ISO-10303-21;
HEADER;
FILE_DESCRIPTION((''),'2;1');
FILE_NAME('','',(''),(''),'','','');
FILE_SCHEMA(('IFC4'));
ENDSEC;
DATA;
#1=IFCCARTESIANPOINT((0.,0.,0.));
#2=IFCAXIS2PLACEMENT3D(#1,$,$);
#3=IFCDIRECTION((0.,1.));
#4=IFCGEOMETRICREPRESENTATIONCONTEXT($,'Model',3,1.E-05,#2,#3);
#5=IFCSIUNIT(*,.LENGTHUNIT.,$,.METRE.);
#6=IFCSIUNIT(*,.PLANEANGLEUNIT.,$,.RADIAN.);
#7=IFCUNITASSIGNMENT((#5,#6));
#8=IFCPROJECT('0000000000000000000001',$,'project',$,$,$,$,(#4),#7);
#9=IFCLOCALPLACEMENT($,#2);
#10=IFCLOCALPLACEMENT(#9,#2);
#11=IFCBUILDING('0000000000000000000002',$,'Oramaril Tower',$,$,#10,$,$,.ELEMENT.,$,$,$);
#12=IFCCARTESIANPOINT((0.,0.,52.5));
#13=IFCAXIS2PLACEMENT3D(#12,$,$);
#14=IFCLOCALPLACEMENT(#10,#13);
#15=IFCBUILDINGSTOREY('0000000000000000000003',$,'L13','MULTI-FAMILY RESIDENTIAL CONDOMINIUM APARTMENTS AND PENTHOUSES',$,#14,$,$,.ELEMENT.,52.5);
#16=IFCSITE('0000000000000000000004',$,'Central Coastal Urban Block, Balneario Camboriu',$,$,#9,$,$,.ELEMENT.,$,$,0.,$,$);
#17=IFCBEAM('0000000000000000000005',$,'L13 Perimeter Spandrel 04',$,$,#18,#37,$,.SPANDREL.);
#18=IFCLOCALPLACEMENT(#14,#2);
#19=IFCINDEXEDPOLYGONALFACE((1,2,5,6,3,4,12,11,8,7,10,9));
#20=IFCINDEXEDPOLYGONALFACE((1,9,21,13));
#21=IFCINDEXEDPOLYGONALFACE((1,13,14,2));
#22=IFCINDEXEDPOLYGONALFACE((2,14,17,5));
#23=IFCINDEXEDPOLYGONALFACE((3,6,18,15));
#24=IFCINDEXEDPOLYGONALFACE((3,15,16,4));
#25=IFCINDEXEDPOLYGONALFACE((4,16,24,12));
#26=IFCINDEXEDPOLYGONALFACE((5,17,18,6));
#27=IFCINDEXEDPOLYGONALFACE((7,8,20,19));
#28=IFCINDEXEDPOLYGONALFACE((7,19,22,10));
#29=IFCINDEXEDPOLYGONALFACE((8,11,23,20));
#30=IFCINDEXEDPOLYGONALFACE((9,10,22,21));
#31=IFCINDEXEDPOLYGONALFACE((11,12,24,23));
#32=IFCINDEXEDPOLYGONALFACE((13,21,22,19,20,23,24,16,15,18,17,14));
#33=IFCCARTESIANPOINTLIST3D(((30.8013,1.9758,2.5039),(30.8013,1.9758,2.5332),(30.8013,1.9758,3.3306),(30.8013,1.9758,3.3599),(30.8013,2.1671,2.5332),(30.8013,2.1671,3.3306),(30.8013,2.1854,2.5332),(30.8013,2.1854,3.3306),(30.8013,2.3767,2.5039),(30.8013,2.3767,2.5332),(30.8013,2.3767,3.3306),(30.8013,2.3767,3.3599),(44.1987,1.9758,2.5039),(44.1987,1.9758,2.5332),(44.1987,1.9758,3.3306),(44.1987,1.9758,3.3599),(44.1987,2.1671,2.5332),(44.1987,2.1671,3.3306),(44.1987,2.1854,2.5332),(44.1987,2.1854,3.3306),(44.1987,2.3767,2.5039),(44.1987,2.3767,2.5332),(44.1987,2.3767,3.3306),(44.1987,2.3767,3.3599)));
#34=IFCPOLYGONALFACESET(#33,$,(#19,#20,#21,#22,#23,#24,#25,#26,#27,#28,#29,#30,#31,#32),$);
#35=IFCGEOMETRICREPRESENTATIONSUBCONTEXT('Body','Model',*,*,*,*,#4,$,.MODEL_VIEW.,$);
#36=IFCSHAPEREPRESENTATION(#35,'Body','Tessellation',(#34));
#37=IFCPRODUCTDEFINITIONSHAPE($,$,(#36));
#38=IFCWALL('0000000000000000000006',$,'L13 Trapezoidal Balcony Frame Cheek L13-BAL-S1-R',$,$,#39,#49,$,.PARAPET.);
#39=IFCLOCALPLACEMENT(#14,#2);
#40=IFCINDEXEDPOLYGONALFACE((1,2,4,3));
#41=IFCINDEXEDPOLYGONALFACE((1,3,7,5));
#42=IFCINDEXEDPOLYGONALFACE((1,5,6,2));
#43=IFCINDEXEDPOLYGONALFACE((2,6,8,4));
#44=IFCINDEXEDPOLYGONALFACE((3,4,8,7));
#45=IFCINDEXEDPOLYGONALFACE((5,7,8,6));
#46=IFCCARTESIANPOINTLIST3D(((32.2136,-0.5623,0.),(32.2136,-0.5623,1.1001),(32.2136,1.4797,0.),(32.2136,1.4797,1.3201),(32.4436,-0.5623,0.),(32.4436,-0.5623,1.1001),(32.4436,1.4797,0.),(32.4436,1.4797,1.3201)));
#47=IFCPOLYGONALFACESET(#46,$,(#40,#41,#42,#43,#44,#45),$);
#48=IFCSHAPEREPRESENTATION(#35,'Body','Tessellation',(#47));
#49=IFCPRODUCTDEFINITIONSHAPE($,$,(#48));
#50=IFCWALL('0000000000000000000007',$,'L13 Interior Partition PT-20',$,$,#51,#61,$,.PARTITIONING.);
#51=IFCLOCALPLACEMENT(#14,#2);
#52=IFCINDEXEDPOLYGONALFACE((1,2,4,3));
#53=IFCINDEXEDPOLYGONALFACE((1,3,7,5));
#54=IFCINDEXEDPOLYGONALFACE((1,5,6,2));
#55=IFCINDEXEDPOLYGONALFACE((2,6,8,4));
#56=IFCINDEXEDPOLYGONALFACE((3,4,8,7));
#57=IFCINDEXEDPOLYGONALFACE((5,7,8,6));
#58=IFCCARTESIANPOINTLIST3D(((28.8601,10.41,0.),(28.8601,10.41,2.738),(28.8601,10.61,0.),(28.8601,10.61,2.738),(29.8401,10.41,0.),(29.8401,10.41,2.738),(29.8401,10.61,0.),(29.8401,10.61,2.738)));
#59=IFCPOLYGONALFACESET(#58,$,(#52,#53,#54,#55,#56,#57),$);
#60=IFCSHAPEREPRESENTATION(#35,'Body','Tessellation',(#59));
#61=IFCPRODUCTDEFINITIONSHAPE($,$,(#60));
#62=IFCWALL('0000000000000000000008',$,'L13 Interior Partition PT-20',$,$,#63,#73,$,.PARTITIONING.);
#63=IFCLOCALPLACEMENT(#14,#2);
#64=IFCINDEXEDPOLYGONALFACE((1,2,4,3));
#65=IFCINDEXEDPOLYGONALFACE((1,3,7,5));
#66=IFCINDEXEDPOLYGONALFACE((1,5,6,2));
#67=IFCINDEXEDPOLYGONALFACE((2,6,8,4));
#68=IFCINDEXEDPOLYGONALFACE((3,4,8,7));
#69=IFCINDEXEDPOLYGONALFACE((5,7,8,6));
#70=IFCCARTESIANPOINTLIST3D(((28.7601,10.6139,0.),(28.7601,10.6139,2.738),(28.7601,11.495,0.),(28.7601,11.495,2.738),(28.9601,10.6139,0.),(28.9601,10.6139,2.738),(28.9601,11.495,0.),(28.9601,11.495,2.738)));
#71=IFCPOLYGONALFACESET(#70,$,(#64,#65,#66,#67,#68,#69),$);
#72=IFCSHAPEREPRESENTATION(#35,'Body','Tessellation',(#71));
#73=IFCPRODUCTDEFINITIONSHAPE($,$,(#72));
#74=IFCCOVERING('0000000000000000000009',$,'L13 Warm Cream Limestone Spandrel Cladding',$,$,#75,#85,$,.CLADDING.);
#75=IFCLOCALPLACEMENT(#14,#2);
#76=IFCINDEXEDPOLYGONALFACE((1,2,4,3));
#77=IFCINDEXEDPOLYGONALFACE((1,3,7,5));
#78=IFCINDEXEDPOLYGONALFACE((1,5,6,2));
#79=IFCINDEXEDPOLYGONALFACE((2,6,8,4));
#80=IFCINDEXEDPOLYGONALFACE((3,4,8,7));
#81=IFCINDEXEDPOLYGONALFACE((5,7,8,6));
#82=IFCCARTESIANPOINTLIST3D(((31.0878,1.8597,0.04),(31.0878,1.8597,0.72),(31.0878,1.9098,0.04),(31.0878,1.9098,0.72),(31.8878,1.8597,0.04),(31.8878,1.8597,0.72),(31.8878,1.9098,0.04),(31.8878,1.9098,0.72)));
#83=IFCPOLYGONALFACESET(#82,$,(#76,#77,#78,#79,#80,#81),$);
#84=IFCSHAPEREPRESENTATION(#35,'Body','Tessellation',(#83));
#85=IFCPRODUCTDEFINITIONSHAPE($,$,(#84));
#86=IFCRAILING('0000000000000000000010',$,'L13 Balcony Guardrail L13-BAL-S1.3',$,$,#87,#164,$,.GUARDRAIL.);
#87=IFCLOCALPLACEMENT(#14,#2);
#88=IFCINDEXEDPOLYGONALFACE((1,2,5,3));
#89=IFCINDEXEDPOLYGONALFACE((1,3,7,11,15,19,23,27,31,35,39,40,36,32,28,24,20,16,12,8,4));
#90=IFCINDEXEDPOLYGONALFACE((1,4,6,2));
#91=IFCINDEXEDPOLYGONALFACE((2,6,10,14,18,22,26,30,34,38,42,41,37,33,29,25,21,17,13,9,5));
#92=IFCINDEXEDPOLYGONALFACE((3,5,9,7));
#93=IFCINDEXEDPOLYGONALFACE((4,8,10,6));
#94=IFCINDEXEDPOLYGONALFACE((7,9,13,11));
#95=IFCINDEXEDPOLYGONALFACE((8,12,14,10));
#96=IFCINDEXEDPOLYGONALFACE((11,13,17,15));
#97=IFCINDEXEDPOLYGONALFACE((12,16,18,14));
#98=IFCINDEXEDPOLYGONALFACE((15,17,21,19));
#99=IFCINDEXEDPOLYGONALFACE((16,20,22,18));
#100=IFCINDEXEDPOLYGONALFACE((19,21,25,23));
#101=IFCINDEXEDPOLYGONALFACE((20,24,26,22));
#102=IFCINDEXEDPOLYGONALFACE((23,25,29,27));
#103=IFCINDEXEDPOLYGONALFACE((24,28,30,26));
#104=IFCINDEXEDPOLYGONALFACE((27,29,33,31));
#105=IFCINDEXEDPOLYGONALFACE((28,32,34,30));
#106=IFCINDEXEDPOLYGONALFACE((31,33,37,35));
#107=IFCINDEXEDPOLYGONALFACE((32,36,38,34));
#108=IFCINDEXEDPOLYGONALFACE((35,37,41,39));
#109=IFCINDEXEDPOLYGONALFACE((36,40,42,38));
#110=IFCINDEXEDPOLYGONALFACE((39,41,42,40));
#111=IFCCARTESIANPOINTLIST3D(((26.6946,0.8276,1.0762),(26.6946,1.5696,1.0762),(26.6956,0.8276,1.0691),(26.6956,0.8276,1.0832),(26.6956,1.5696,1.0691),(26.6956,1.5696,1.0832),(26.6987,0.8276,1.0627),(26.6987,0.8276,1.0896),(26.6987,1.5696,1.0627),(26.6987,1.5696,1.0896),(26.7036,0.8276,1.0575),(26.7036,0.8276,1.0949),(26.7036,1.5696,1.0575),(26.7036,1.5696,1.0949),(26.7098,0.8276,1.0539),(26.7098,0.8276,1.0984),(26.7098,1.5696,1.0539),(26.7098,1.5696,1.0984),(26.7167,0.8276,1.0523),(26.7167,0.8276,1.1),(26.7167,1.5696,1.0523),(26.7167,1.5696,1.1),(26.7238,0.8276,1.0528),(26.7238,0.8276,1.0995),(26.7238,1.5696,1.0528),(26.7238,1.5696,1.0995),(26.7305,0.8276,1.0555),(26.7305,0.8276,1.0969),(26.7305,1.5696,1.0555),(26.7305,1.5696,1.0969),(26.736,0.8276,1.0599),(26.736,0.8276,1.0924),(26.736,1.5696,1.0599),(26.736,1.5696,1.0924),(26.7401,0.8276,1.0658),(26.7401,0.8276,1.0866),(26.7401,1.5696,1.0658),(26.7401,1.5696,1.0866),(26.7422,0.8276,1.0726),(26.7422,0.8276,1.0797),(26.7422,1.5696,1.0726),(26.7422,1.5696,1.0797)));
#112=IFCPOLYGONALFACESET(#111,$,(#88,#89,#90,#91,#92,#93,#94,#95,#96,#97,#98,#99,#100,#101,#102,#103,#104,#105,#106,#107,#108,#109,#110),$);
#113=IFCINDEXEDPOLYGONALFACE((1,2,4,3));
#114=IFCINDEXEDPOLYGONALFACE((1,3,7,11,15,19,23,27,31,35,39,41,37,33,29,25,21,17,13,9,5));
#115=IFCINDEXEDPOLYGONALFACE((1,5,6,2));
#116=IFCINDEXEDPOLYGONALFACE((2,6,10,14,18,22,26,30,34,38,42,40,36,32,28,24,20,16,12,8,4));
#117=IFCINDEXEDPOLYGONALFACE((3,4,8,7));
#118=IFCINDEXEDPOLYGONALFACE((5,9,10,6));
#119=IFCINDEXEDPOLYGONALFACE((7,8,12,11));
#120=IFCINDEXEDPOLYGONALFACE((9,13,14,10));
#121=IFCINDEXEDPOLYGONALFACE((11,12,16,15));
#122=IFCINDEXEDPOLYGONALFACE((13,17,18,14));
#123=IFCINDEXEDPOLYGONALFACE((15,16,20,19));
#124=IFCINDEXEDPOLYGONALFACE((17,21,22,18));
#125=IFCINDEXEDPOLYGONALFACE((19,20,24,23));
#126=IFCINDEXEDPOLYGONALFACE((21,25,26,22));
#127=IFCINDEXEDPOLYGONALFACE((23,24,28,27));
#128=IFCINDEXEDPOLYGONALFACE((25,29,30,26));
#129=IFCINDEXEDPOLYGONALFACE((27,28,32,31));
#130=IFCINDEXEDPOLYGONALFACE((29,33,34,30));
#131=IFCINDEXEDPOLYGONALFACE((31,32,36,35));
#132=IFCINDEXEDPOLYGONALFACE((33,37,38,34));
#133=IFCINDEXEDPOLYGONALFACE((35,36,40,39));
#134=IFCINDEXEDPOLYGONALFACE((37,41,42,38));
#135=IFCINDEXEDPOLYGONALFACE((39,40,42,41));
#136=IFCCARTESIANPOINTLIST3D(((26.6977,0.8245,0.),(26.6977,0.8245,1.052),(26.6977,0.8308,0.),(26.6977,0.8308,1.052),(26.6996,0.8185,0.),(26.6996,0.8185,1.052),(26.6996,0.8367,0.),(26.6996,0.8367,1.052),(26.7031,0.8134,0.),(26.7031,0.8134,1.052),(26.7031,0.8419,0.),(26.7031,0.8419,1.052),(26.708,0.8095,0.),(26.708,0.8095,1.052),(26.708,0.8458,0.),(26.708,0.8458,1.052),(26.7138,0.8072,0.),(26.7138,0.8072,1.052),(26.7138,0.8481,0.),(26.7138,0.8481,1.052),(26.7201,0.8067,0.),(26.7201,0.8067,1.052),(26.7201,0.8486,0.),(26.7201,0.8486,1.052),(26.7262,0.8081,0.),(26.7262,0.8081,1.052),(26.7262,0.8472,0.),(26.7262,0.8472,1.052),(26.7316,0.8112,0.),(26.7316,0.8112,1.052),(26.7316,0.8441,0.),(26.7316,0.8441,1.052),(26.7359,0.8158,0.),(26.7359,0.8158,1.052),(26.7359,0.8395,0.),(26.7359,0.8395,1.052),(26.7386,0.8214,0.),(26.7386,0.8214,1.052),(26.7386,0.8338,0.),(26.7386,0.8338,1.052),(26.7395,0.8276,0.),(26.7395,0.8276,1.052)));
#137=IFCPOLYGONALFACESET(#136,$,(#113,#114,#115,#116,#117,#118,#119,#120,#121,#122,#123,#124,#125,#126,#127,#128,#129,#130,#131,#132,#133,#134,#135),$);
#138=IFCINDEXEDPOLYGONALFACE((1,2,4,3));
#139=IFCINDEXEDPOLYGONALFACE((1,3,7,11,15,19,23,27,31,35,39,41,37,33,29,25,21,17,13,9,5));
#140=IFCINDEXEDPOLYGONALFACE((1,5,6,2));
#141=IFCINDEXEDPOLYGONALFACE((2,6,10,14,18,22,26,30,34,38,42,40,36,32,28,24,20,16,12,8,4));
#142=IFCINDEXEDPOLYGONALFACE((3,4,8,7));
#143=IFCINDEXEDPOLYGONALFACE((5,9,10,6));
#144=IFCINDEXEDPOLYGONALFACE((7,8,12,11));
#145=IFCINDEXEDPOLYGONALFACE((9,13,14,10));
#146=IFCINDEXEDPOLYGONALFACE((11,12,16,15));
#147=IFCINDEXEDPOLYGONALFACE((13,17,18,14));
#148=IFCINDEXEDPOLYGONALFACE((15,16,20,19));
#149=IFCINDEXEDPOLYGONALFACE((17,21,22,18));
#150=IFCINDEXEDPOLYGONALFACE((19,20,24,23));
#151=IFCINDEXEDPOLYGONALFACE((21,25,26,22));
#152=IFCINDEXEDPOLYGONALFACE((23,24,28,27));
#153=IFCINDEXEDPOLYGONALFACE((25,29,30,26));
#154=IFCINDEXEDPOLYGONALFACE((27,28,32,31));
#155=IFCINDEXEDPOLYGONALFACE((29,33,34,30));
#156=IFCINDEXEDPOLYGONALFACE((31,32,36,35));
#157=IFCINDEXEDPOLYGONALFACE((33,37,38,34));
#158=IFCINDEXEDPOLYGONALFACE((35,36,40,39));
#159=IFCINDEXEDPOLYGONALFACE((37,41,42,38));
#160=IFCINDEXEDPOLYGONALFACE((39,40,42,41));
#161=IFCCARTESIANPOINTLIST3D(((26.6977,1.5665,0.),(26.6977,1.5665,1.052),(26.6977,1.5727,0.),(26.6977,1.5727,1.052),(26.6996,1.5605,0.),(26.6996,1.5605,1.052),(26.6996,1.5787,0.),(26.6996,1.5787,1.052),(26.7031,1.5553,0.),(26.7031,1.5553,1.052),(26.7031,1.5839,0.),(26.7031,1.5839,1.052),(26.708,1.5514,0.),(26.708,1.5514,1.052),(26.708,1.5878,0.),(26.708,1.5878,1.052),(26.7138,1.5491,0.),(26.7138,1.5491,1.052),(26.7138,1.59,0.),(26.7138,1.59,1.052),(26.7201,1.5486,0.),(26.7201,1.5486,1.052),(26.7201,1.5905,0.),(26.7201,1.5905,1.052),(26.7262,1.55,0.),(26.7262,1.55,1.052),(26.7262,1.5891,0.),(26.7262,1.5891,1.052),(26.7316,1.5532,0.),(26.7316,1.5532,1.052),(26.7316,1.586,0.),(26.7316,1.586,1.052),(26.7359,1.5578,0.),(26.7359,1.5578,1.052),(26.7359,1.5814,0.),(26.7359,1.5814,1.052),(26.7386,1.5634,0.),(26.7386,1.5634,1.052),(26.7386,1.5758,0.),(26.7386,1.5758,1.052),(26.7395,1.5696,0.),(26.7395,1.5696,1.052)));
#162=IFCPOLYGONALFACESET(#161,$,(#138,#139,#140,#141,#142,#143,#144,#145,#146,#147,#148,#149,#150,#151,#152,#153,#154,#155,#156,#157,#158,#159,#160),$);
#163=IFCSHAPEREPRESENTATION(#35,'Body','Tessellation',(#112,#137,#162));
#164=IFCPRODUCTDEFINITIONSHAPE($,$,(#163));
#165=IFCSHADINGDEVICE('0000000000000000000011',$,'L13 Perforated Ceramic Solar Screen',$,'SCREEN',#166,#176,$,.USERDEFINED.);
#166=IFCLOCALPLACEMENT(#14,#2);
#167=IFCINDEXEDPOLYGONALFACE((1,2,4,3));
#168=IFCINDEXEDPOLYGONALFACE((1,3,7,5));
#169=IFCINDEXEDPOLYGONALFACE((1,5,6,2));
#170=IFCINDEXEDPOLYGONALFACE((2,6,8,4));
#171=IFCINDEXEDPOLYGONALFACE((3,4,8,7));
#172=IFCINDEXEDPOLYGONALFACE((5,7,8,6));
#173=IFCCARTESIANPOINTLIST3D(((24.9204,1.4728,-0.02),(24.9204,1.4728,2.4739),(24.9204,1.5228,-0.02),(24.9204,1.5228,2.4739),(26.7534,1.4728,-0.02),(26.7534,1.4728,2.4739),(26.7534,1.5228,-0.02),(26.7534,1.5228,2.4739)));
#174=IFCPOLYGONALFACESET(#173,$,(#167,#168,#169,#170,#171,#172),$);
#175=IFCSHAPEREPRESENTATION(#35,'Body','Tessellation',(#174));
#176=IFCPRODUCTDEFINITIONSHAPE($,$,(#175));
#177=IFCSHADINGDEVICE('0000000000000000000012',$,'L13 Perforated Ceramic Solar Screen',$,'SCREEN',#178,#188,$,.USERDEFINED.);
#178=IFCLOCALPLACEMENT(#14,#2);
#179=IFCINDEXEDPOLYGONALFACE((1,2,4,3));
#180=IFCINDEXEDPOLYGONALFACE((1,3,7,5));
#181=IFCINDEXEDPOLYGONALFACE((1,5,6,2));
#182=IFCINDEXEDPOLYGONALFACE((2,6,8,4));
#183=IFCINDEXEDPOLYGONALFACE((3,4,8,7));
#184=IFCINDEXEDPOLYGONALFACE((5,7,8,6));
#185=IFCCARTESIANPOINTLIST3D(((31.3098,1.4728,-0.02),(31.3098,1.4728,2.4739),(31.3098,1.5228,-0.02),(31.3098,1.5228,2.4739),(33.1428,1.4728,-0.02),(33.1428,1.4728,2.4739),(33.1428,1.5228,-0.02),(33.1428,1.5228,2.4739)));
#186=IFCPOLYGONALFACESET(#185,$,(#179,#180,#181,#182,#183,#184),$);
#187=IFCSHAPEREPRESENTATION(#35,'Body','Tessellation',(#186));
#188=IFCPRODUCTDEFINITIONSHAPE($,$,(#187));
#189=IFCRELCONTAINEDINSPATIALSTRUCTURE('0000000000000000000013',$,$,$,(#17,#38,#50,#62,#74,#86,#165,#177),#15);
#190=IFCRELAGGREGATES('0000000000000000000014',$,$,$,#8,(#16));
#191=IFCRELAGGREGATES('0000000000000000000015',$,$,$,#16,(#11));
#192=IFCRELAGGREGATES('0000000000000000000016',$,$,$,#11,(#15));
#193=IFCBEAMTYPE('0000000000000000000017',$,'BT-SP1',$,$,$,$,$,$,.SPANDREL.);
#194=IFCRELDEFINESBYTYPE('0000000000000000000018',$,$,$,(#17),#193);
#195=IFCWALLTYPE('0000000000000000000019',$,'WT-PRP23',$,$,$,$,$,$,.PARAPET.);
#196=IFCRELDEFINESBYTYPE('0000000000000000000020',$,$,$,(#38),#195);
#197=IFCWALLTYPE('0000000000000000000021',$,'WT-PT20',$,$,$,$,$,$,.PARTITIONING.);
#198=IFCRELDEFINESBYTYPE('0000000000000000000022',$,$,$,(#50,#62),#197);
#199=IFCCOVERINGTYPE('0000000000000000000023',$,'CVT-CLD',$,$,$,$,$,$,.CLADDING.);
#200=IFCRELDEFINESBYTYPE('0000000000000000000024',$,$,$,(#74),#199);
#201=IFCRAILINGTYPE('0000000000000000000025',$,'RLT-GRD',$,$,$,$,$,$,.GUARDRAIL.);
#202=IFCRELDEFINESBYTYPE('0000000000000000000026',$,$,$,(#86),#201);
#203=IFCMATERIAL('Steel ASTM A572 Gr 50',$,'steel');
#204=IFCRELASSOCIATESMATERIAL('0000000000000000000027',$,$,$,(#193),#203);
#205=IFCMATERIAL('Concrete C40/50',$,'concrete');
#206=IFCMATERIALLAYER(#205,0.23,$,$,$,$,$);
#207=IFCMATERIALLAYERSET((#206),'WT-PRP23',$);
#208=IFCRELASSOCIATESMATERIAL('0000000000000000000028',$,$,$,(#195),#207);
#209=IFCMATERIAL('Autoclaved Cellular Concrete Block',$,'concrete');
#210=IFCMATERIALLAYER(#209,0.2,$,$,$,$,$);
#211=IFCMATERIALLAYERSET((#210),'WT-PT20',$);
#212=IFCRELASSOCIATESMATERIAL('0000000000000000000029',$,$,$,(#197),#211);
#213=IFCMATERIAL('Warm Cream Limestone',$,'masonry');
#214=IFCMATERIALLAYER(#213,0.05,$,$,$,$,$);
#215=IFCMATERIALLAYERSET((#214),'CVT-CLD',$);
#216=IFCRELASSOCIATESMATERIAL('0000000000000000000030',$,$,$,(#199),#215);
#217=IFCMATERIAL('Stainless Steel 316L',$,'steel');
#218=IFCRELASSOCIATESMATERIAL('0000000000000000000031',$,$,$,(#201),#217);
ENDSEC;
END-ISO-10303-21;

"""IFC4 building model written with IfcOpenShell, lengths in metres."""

from ifc_helpers import new_model, si_unit, direction, frame, frame_2d, origin, origin_2d, place, context, subcontext, project, spatial, polyline, rectangle, circle, i_section, outline, extrude, material, layer, layer_set, material_profile, profile_set, type_object, element, save


model = new_model("IFC4")

# Units and contexts
model_context = context("Model", 3, precision=1e-05, world=origin(), true_north=direction((0.0, 1.0)))
body_context = subcontext(model_context, "Body", "Model", "MODEL_VIEW")
ifc_project = project(units=[si_unit("LENGTHUNIT", "METRE"), si_unit("PLANEANGLEUNIT", "RADIAN")], contexts=[model_context])

# Site, building, storey
site_placement = place(None, origin())
site = spatial("IfcSite", under=ifc_project, at=site_placement, Name="Central Coastal Urban Block, Balneario Camboriu", CompositionType="ELEMENT", RefElevation=0.0)
building_placement = place(site_placement, origin())
building = spatial("IfcBuilding", under=site, at=building_placement, Name="Oramaril Tower", CompositionType="ELEMENT")
storey_placement = place(building_placement, frame((0.0, 0.0, 52.5)))
storey = spatial("IfcBuildingStorey", under=building, at=storey_placement, Name="L13", Description="MULTI-FAMILY RESIDENTIAL CONDOMINIUM APARTMENTS AND PENTHOUSES", CompositionType="ELEMENT", Elevation=52.5)

# Beam
ifc_material_1 = material(Name="Steel ASTM A572 Gr 50", Category="steel")
ifc_material_profile_1 = material_profile(ifc_material_1, i_section(OverallWidth=0.4009, OverallDepth=0.856, WebThickness=0.0183, FlangeThickness=0.0293, at=origin_2d()), Name="W33X201")
ifc_profile_set_1 = profile_set([ifc_material_profile_1], Name="Steel ASTM A572 Gr 50")
beam_type_1 = type_object("IfcBeamType", Name="BT-SP1", PredefinedType="SPANDREL", material=ifc_profile_set_1)
beam_1_placement = place(storey_placement, frame((30.8013, 2.1763, 2.9319), z_axis=(1.0, 0.0, 0.0), x_axis=(0.0, 1.0, 0.0)))
element("IfcBeam", 1, at=beam_1_placement, inside=storey, type_object=beam_type_1, Name="L13 Perimeter Spandrel 04", PredefinedType="SPANDREL", context=body_context, shape_type="SweptSolid", body=[
    extrude(i_section(OverallWidth=0.4009, OverallDepth=0.856, WebThickness=0.0183, FlangeThickness=0.0293, at=origin_2d()), origin(), (0.0, 0.0, 1.0), 13.3975),
])

# Walls
ifc_material_2 = material(Name="Concrete C40/50", Category="concrete")
ifc_layer_1 = layer(ifc_material_2, 0.23)
ifc_layer_set_1 = layer_set([ifc_layer_1], Name="WT-PRP23")
wall_type_1 = type_object("IfcWallType", Name="WT-PRP23", PredefinedType="PARAPET", material=ifc_layer_set_1)
wall_1_placement = place(storey_placement, frame((32.3286, 1.4797, 0.0), z_axis=(0.0, 0.0, 1.0), x_axis=(0.0, -1.0, 0.0)))
element("IfcWall", 2, at=wall_1_placement, inside=storey, type_object=wall_type_1, Name="L13 Trapezoidal Balcony Frame Cheek L13-BAL-S1-R", PredefinedType="PARAPET", context=body_context, shape_type="SweptSolid", body=[
    extrude(outline(polyline([(0.0, 0.0), (2.042, 0.0), (2.042, 1.1001), (0.0, 1.3201), (0.0, 0.0)])), frame((0.0, 0.115, 0.0), z_axis=(0.0, -1.0, 0.0), x_axis=(1.0, 0.0, 0.0)), (0.0, 0.0, 1.0), 0.23),
])
ifc_material_3 = material(Name="Autoclaved Cellular Concrete Block", Category="concrete")
ifc_layer_2 = layer(ifc_material_3, 0.2)
ifc_layer_set_2 = layer_set([ifc_layer_2], Name="WT-PT20")
wall_type_2 = type_object("IfcWallType", Name="WT-PT20", PredefinedType="PARTITIONING", material=ifc_layer_set_2)
wall_2_placement = place(storey_placement, frame((28.8601, 10.51, 0.0), z_axis=(0.0, 0.0, 1.0), x_axis=(1.0, 0.0, 0.0)))
element("IfcWall", 3, at=wall_2_placement, inside=storey, type_object=wall_type_2, Name="L13 Interior Partition PT-20", PredefinedType="PARTITIONING", context=body_context, shape_type="SweptSolid", body=[
    extrude(rectangle(XDim=0.98, YDim=0.2, at=frame_2d((0.49, 0.0))), origin(), (0.0, 0.0, 1.0), 2.738),
])
wall_3_placement = place(storey_placement, frame((28.8601, 10.614, 0.0), z_axis=(0.0, 0.0, 1.0), x_axis=(0.0, 1.0, 0.0)))
element("IfcWall", 4, at=wall_3_placement, inside=storey, type_object=wall_type_2, Name="L13 Interior Partition PT-20", PredefinedType="PARTITIONING", context=body_context, shape_type="SweptSolid", body=[
    extrude(rectangle(XDim=0.8811, YDim=0.2, at=frame_2d((0.4404, 0.0))), origin(), (0.0, 0.0, 1.0), 2.738),
])

# Covering
ifc_material_4 = material(Name="Warm Cream Limestone", Category="masonry")
ifc_layer_3 = layer(ifc_material_4, 0.05)
ifc_layer_set_3 = layer_set([ifc_layer_3], Name="CVT-CLD")
covering_type = type_object("IfcCoveringType", Name="CVT-CLD", PredefinedType="CLADDING", material=ifc_layer_set_3)
covering_placement = place(storey_placement, frame((31.4878, 1.8848, 0.04), z_axis=(0.0, 0.0, 1.0), x_axis=(1.0, 0.0, 0.0)))
element("IfcCovering", 5, at=covering_placement, inside=storey, type_object=covering_type, Name="L13 Warm Cream Limestone Spandrel Cladding", PredefinedType="CLADDING", context=body_context, shape_type="SweptSolid", body=[
    extrude(rectangle(XDim=0.8, YDim=0.05, at=origin_2d()), origin(), (0.0, 0.0, 1.0), 0.6799),
])

# Railing
ifc_material_5 = material(Name="Stainless Steel 316L", Category="steel")
railing_type = type_object("IfcRailingType", Name="RLT-GRD", PredefinedType="GUARDRAIL", material=ifc_material_5)
railing_placement = place(storey_placement, frame((26.7185, 0.8276, 0.0)))
element("IfcRailing", 6, at=railing_placement, inside=storey, type_object=railing_type, Name="L13 Balcony Guardrail L13-BAL-S1.3", PredefinedType="GUARDRAIL", context=body_context, shape_type="SweptSolid", body=[
    extrude(circle(Radius=0.0239, at=origin_2d()), frame((0.0, 0.0, 1.0762), z_axis=(0.0, 1.0, 0.0), x_axis=(-1.0, 0.0, 0.0)), (0.0, 0.0, 1.0), 0.7419),
    extrude(circle(Radius=0.021, at=origin_2d()), origin(), (0.0, 0.0, 1.0), 1.052),
    extrude(circle(Radius=0.021, at=origin_2d()), frame((0.0, 0.7419, 0.0)), (0.0, 0.0, 1.0), 1.052),
])

# Shading devices
for number, where, z_axis, x_axis, name in (
    (7, (25.8369, 1.4978, -0.02), (0.0, 0.0, 1.0), (1.0, 0.0, 0.0), "L13 Perforated Ceramic Solar Screen"),
    (8, (32.2263, 1.4978, -0.02), (0.0, 0.0, 1.0), (1.0, 0.0, 0.0), "L13 Perforated Ceramic Solar Screen"),
):
    element("IfcShadingDevice", number, at=place(storey_placement, frame(where, z_axis=z_axis, x_axis=x_axis)), inside=storey, Name=name, ObjectType="SCREEN", PredefinedType="USERDEFINED", context=body_context, shape_type="SweptSolid", body=[
        extrude(rectangle(XDim=1.833, YDim=0.05, at=origin_2d()), origin(), (0.0, 0.0, 1.0), 2.4939),
    ])

save(model, "model.ifc")
